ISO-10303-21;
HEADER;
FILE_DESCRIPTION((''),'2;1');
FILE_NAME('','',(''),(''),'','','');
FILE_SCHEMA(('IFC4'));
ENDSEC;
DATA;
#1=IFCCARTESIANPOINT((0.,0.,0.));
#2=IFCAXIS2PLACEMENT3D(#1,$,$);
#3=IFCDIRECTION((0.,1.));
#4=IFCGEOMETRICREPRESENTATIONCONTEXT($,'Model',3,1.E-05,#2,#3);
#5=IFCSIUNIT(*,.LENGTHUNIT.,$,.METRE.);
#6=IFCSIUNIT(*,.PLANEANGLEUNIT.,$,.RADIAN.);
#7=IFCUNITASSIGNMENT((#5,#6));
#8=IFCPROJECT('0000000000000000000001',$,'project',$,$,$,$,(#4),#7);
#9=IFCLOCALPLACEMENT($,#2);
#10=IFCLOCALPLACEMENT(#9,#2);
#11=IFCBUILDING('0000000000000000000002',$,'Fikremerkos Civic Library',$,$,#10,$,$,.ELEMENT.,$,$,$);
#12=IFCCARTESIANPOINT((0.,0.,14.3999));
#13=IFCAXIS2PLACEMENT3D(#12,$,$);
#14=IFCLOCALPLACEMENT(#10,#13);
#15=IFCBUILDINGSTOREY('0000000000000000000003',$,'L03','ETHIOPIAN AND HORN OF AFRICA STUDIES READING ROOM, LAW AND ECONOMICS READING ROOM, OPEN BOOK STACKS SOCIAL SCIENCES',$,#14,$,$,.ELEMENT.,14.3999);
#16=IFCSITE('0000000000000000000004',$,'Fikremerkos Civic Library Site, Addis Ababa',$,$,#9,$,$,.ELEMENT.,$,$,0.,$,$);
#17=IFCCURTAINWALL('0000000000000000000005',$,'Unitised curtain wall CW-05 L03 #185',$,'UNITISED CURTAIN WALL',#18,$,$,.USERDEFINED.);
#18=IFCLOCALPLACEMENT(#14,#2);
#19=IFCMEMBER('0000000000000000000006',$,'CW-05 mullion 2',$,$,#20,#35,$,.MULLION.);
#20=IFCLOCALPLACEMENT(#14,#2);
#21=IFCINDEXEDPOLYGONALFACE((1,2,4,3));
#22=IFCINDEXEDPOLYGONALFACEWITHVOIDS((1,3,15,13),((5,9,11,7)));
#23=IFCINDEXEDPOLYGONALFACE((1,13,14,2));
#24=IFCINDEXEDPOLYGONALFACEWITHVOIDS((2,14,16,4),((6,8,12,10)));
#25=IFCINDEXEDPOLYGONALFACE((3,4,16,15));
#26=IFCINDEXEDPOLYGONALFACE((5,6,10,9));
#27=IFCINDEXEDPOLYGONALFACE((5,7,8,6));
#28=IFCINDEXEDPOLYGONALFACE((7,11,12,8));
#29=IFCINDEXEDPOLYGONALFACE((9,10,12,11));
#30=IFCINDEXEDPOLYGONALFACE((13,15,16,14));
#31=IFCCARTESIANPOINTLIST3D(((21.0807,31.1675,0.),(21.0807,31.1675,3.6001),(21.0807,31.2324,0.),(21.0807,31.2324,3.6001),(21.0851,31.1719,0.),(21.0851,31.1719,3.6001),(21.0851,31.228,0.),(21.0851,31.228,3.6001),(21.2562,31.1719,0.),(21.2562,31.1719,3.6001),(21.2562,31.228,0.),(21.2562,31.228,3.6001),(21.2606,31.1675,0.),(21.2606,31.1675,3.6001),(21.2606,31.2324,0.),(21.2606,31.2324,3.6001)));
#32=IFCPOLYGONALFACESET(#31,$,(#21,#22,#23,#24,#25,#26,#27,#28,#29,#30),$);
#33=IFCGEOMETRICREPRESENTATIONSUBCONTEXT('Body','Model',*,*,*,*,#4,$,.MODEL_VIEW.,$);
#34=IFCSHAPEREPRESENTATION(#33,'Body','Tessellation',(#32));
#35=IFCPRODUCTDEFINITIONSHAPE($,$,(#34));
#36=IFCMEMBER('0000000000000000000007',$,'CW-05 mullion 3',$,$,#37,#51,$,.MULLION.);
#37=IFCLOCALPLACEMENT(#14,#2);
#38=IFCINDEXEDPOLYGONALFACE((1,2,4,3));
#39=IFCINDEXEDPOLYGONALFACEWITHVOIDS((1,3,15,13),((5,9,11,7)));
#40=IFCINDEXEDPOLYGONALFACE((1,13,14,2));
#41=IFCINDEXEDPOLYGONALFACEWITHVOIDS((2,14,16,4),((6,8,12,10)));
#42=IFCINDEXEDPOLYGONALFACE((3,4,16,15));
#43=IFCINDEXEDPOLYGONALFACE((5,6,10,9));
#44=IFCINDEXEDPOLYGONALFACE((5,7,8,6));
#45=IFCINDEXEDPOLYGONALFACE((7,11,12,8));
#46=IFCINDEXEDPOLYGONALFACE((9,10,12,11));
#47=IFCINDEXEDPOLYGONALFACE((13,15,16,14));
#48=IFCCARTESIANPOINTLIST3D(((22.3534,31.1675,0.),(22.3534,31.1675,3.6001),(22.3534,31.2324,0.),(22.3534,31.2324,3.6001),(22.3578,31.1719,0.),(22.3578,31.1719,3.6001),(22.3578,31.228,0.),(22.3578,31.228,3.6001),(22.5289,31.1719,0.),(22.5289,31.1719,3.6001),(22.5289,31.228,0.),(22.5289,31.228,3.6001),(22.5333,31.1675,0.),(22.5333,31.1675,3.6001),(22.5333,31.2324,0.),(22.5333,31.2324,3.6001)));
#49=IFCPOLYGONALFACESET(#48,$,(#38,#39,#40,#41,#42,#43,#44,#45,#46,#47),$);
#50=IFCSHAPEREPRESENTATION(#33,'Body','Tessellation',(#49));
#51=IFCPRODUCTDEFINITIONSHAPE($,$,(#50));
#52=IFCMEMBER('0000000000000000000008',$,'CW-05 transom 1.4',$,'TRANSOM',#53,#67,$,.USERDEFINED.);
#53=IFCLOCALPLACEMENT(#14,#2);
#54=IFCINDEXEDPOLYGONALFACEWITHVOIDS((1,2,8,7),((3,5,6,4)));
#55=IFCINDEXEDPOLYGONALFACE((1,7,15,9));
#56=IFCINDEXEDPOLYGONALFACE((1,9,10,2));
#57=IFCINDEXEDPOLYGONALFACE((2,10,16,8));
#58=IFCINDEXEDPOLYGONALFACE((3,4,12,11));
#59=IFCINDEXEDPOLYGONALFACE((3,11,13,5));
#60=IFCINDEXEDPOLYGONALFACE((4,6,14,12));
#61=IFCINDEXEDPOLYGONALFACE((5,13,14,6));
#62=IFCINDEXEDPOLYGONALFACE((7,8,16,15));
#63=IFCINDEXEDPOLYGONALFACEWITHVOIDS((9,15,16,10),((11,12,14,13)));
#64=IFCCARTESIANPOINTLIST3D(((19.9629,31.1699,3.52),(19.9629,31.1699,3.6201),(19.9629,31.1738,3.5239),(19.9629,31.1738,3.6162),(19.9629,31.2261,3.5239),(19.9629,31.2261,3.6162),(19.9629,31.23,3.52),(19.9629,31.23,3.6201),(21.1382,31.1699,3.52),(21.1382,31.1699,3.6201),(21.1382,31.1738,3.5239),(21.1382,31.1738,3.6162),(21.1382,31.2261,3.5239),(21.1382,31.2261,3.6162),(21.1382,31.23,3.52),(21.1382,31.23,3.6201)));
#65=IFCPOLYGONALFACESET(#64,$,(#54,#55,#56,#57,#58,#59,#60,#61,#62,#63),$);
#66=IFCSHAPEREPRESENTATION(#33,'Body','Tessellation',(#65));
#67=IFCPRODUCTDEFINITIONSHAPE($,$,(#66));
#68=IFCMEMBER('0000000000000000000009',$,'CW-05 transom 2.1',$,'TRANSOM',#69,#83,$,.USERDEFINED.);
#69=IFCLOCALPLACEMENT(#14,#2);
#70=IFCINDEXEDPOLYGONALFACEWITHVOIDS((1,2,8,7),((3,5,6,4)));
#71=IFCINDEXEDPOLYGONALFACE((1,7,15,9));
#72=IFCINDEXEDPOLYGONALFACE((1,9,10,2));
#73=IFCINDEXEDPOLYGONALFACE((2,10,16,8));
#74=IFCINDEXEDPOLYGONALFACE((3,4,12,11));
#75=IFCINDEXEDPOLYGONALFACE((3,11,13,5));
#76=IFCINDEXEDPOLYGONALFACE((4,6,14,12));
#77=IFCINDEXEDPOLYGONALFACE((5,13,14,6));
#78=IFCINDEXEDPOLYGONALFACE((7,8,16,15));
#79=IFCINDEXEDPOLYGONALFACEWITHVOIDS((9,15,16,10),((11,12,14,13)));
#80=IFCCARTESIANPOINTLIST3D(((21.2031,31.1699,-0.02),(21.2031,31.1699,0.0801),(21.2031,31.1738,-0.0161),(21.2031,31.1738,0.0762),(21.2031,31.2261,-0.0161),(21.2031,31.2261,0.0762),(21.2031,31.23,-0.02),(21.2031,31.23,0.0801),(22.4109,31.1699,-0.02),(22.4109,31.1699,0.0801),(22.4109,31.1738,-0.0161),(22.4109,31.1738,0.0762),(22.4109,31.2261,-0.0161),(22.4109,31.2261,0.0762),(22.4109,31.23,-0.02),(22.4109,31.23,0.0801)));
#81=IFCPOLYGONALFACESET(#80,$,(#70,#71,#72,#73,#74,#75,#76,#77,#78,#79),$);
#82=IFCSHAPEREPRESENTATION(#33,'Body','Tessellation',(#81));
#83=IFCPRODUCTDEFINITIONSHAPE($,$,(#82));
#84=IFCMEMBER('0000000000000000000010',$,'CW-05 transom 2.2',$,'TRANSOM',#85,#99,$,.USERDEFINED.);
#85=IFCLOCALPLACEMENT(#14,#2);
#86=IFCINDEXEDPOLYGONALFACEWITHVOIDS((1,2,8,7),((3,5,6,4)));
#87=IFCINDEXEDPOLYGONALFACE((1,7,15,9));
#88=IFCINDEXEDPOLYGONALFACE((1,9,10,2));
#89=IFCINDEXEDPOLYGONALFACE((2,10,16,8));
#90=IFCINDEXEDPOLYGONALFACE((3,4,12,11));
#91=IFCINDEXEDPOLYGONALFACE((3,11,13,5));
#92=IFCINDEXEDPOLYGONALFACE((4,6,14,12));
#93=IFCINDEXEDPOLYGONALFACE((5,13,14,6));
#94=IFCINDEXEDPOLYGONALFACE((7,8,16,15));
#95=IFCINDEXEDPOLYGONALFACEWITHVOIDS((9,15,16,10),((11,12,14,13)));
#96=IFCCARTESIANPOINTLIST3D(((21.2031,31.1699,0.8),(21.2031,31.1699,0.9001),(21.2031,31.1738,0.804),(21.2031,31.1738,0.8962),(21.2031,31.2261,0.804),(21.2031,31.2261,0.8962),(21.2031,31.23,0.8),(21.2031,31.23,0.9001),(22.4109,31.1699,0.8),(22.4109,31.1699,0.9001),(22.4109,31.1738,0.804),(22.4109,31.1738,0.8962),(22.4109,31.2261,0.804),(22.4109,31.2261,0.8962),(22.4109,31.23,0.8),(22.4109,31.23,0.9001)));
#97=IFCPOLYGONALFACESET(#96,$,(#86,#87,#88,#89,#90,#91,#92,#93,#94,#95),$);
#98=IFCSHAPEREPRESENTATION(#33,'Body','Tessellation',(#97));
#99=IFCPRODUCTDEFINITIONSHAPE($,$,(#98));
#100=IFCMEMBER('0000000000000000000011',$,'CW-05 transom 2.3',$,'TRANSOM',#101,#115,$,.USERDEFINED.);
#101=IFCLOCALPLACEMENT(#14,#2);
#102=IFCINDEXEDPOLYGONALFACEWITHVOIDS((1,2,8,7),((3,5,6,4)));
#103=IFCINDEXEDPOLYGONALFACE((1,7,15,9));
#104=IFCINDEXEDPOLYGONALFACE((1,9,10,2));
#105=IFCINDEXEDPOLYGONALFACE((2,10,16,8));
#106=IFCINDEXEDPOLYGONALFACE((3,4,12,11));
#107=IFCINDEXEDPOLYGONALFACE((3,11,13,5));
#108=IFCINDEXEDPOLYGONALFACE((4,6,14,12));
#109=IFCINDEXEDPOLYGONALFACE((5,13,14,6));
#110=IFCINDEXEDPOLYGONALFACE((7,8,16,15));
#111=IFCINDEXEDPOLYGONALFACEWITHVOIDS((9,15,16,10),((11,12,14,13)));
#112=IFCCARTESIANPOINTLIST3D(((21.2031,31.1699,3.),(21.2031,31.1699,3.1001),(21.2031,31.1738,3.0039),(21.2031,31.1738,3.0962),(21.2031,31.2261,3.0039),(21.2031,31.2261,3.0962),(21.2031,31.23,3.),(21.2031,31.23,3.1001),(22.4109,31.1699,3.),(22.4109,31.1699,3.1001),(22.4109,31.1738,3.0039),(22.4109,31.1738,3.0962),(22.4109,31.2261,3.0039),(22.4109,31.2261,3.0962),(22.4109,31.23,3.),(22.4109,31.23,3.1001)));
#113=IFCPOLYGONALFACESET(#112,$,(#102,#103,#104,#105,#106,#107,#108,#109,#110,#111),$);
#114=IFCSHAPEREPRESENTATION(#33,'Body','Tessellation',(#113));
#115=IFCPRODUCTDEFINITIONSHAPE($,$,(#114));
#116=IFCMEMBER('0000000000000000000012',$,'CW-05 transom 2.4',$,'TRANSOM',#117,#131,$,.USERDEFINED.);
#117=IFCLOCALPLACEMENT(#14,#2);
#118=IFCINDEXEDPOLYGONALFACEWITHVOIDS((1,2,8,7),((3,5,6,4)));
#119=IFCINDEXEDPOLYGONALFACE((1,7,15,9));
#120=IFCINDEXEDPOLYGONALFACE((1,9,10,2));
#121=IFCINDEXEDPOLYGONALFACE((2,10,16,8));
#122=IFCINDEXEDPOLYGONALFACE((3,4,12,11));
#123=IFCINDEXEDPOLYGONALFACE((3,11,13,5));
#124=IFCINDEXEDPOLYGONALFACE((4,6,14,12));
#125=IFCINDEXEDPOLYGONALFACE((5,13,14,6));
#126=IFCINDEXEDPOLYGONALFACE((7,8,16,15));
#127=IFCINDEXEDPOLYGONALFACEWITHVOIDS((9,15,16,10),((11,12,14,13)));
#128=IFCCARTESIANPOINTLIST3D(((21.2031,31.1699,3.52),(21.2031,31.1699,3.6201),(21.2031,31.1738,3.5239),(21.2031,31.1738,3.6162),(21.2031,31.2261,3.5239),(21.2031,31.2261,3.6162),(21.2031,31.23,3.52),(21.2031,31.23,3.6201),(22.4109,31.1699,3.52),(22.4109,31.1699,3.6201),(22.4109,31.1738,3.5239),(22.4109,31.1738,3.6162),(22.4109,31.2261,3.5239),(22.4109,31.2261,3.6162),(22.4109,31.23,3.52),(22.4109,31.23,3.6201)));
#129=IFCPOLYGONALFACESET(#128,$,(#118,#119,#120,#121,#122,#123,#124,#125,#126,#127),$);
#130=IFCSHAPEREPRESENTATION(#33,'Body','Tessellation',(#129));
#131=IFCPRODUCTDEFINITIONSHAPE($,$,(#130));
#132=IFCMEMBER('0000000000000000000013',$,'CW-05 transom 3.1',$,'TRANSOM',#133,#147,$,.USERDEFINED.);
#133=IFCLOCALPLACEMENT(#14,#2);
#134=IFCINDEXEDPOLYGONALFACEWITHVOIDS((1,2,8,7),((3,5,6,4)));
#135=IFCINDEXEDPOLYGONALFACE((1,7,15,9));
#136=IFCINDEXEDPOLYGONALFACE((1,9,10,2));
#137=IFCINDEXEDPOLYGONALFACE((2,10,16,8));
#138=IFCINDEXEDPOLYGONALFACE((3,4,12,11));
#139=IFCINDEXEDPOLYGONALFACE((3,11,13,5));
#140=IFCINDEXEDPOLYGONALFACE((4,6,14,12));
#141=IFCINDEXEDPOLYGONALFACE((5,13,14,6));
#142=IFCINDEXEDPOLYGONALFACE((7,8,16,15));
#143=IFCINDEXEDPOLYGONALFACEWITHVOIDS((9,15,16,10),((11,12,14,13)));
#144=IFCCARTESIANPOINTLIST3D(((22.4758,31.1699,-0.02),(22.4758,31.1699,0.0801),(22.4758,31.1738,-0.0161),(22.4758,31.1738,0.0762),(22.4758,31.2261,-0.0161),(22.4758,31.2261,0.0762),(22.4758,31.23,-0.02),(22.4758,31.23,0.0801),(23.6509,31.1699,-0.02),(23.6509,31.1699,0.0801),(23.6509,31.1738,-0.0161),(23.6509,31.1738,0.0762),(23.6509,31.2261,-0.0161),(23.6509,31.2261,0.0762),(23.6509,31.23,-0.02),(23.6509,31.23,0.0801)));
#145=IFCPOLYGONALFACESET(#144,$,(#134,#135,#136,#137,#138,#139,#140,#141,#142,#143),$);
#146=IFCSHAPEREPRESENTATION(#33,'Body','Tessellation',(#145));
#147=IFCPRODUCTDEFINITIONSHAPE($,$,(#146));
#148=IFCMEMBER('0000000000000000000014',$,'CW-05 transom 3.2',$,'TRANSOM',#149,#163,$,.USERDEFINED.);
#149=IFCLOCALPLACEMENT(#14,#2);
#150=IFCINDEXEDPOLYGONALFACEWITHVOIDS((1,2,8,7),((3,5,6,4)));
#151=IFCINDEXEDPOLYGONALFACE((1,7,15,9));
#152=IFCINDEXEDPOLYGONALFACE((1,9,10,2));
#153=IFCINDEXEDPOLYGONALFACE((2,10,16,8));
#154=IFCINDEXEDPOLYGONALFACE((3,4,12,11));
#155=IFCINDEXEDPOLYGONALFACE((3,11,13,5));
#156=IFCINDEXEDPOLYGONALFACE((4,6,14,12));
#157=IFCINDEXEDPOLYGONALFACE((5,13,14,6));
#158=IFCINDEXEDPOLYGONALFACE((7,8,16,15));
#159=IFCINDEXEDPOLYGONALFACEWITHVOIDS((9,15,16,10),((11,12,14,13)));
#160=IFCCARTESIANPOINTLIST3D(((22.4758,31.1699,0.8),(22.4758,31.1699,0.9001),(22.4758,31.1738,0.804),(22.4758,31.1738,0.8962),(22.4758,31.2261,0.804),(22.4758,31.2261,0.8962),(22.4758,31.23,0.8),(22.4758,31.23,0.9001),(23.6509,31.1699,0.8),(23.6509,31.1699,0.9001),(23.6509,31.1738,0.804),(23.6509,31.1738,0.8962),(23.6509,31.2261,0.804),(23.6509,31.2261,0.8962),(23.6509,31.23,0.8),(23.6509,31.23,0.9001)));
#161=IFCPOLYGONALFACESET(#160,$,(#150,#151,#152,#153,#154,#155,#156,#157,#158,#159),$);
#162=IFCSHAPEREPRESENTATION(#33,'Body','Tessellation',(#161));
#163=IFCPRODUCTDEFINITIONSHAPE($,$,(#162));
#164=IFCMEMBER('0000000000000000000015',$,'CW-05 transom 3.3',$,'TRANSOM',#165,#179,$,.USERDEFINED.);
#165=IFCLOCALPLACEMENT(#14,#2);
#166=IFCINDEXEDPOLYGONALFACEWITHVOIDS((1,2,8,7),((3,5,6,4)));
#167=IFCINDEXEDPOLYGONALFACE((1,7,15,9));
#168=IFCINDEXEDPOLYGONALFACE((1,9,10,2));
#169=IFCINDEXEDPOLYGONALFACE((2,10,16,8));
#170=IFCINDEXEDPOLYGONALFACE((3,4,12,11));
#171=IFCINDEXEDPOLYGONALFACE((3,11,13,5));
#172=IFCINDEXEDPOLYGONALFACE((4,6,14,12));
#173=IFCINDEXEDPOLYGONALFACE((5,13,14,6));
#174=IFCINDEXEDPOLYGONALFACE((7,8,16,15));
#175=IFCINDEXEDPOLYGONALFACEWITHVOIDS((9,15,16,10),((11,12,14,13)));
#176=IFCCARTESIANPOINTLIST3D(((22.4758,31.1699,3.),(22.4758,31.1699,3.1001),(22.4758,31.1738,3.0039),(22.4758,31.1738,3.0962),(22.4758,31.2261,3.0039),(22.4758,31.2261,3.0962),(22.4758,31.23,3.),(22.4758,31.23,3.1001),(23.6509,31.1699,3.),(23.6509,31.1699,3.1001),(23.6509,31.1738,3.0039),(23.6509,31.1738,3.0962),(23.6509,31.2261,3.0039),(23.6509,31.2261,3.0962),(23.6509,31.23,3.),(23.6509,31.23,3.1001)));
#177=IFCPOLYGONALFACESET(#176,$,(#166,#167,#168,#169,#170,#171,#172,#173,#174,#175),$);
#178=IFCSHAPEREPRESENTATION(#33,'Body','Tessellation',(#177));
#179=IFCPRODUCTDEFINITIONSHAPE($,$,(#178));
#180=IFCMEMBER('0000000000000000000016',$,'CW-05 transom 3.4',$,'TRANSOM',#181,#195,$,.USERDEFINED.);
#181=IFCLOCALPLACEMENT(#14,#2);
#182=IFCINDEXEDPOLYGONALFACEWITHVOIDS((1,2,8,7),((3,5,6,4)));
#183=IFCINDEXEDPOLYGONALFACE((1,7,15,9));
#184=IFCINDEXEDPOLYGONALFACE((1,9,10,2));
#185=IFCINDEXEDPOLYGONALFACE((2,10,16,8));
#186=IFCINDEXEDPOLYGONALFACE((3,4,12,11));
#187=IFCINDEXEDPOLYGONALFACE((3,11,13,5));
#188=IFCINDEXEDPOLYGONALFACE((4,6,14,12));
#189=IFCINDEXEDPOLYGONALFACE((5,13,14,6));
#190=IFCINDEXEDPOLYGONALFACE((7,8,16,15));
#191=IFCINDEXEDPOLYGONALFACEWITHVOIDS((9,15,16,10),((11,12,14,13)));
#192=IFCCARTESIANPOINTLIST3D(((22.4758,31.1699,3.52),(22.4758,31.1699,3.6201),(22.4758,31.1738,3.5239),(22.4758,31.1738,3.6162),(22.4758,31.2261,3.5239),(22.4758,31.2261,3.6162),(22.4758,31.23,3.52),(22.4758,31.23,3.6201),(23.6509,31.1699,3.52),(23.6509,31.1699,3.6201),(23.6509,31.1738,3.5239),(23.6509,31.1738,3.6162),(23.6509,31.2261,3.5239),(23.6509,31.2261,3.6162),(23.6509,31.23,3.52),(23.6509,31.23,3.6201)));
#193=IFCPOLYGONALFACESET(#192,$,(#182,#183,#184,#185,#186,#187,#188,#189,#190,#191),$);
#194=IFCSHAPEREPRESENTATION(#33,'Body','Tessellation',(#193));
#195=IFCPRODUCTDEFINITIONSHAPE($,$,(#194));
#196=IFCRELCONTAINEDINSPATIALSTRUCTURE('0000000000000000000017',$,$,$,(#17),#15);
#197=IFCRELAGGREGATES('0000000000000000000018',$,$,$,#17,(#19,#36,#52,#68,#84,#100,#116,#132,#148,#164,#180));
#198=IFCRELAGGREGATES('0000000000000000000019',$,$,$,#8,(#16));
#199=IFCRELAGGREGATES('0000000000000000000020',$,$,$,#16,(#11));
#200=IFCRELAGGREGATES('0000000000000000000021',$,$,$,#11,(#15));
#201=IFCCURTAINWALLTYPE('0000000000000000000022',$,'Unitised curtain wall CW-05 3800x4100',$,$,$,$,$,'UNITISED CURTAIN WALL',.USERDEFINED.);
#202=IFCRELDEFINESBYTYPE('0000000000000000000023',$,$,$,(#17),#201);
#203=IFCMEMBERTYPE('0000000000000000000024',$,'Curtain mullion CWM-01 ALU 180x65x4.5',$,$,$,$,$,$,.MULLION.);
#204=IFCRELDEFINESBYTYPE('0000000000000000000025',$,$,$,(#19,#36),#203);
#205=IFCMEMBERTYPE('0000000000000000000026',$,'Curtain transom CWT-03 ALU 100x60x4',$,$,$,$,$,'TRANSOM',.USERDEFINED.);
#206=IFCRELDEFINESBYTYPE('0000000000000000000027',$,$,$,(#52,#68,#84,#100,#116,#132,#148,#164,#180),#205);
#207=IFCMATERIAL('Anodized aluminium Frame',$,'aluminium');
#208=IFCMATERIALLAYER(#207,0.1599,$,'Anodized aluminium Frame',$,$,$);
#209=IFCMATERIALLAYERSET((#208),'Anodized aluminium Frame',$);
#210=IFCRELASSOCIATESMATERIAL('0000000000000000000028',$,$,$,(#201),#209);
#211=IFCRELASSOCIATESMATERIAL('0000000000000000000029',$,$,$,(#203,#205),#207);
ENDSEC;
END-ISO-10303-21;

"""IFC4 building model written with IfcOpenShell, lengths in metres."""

from ifc_helpers import new_model, si_unit, direction, frame, origin, origin_2d, place, context, subcontext, project, spatial, hollow_rectangle, extrude, material, layer, layer_set, material_profile, profile_set, type_object, element, aggregate, save


model = new_model("IFC4")

# Units and contexts
model_context = context("Model", 3, precision=1e-05, world=origin(), true_north=direction((0.0, 1.0)))
body_context = subcontext(model_context, "Body", "Model", "MODEL_VIEW")
ifc_project = project(units=[si_unit("LENGTHUNIT", "METRE"), si_unit("PLANEANGLEUNIT", "RADIAN")], contexts=[model_context])

# Site, building, storey
site_placement = place(None, origin())
site = spatial("IfcSite", under=ifc_project, at=site_placement, Name="Fikremerkos Civic Library Site, Addis Ababa", CompositionType="ELEMENT", RefElevation=0.0)
building_placement = place(site_placement, origin())
building = spatial("IfcBuilding", under=site, at=building_placement, Name="Fikremerkos Civic Library", CompositionType="ELEMENT")
storey_placement = place(building_placement, frame((0.0, 0.0, 14.3999)))
storey = spatial("IfcBuildingStorey", under=building, at=storey_placement, Name="L03", Description="ETHIOPIAN AND HORN OF AFRICA STUDIES READING ROOM, LAW AND ECONOMICS READING ROOM, OPEN BOOK STACKS SOCIAL SCIENCES", CompositionType="ELEMENT", Elevation=14.3999)

# Curtain wall, members
ifc_material_1 = material(Name="Anodized aluminium Frame", Category="aluminium")
ifc_layer_1 = layer(ifc_material_1, 0.1599, Name="Anodized aluminium Frame")
ifc_layer_set_1 = layer_set([ifc_layer_1], Name="Anodized aluminium Frame")
curtain_wall_type = type_object("IfcCurtainWallType", Name="Unitised curtain wall CW-05 3800x4100", ElementType="UNITISED CURTAIN WALL", PredefinedType="USERDEFINED", material=ifc_layer_set_1)
curtain_wall_placement = place(storey_placement, origin())
curtain_wall = element("IfcCurtainWall", 1, at=curtain_wall_placement, inside=storey, type_object=curtain_wall_type, Name="Unitised curtain wall CW-05 L03 #185", ObjectType="UNITISED CURTAIN WALL", PredefinedType="USERDEFINED")
ifc_material_profile_1 = material_profile(ifc_material_1, hollow_rectangle(XDim=0.0649, YDim=0.1799, WallThickness=0.0044, at=origin_2d()), Name="ALU 180x65x4.5")
ifc_profile_set_1 = profile_set([ifc_material_profile_1], Name="Anodized aluminium Frame")
member_type_1 = type_object("IfcMemberType", Name="Curtain mullion CWM-01 ALU 180x65x4.5", PredefinedType="MULLION", material=ifc_profile_set_1)
member_1_placement = place(storey_placement, frame((21.1707, 31.2, 0.0), z_axis=(0.0, 0.0, 1.0), x_axis=(0.0, 1.0, 0.0)))
member_1 = element("IfcMember", 2, at=member_1_placement, type_object=member_type_1, Name="CW-05 mullion 2", PredefinedType="MULLION", context=body_context, shape_type="SweptSolid", body=[
    extrude(hollow_rectangle(XDim=0.0649, YDim=0.1799, WallThickness=0.0044, at=origin_2d()), origin(), (0.0, 0.0, 1.0), 3.6001),
])
member_2_placement = place(storey_placement, frame((22.4434, 31.2, 0.0), z_axis=(0.0, 0.0, 1.0), x_axis=(0.0, 1.0, 0.0)))
member_2 = element("IfcMember", 3, at=member_2_placement, type_object=member_type_1, Name="CW-05 mullion 3", PredefinedType="MULLION", context=body_context, shape_type="SweptSolid", body=[
    extrude(hollow_rectangle(XDim=0.0649, YDim=0.1799, WallThickness=0.0044, at=origin_2d()), origin(), (0.0, 0.0, 1.0), 3.6001),
])
ifc_material_profile_2 = material_profile(ifc_material_1, hollow_rectangle(XDim=0.0601, YDim=0.1001, WallThickness=0.0039, at=origin_2d()), Name="ALU 100x60x4")
ifc_profile_set_2 = profile_set([ifc_material_profile_2], Name="Anodized aluminium Frame")
member_type_2 = type_object("IfcMemberType", Name="Curtain transom CWT-03 ALU 100x60x4", ElementType="TRANSOM", PredefinedType="USERDEFINED", material=ifc_profile_set_2)
member_3_placement = place(storey_placement, frame((19.9629, 31.2, 3.5701), z_axis=(1.0, 0.0, 0.0), x_axis=(0.0, 1.0, 0.0)))
member_3 = element("IfcMember", 4, at=member_3_placement, type_object=member_type_2, Name="CW-05 transom 1.4", ObjectType="TRANSOM", PredefinedType="USERDEFINED", context=body_context, shape_type="SweptSolid", body=[
    extrude(hollow_rectangle(XDim=0.0601, YDim=0.1001, WallThickness=0.0039, at=origin_2d()), origin(), (0.0, 0.0, 1.0), 1.1753),
])
member_4_placement = place(storey_placement, frame((21.2031, 31.2, 0.03), z_axis=(1.0, 0.0, 0.0), x_axis=(0.0, 1.0, 0.0)))
member_4 = element("IfcMember", 5, at=member_4_placement, type_object=member_type_2, Name="CW-05 transom 2.1", ObjectType="TRANSOM", PredefinedType="USERDEFINED", context=body_context, shape_type="SweptSolid", body=[
    extrude(hollow_rectangle(XDim=0.0601, YDim=0.1001, WallThickness=0.0039, at=origin_2d()), origin(), (0.0, 0.0, 1.0), 1.2078),
])
member_5_placement = place(storey_placement, frame((21.2031, 31.2, 0.8501), z_axis=(1.0, 0.0, 0.0), x_axis=(0.0, 1.0, 0.0)))
member_5 = element("IfcMember", 6, at=member_5_placement, type_object=member_type_2, Name="CW-05 transom 2.2", ObjectType="TRANSOM", PredefinedType="USERDEFINED", context=body_context, shape_type="SweptSolid", body=[
    extrude(hollow_rectangle(XDim=0.0601, YDim=0.1001, WallThickness=0.0039, at=origin_2d()), origin(), (0.0, 0.0, 1.0), 1.2078),
])
member_6_placement = place(storey_placement, frame((21.2031, 31.2, 3.05), z_axis=(1.0, 0.0, 0.0), x_axis=(0.0, 1.0, 0.0)))
member_6 = element("IfcMember", 7, at=member_6_placement, type_object=member_type_2, Name="CW-05 transom 2.3", ObjectType="TRANSOM", PredefinedType="USERDEFINED", context=body_context, shape_type="SweptSolid", body=[
    extrude(hollow_rectangle(XDim=0.0601, YDim=0.1001, WallThickness=0.0039, at=origin_2d()), origin(), (0.0, 0.0, 1.0), 1.2078),
])
member_7_placement = place(storey_placement, frame((21.2031, 31.2, 3.5701), z_axis=(1.0, 0.0, 0.0), x_axis=(0.0, 1.0, 0.0)))
member_7 = element("IfcMember", 8, at=member_7_placement, type_object=member_type_2, Name="CW-05 transom 2.4", ObjectType="TRANSOM", PredefinedType="USERDEFINED", context=body_context, shape_type="SweptSolid", body=[
    extrude(hollow_rectangle(XDim=0.0601, YDim=0.1001, WallThickness=0.0039, at=origin_2d()), origin(), (0.0, 0.0, 1.0), 1.2078),
])
member_8_placement = place(storey_placement, frame((22.4758, 31.2, 0.03), z_axis=(1.0, 0.0, 0.0), x_axis=(0.0, 1.0, 0.0)))
member_8 = element("IfcMember", 9, at=member_8_placement, type_object=member_type_2, Name="CW-05 transom 3.1", ObjectType="TRANSOM", PredefinedType="USERDEFINED", context=body_context, shape_type="SweptSolid", body=[
    extrude(hollow_rectangle(XDim=0.0601, YDim=0.1001, WallThickness=0.0039, at=origin_2d()), origin(), (0.0, 0.0, 1.0), 1.175),
])
member_9_placement = place(storey_placement, frame((22.4758, 31.2, 0.8501), z_axis=(1.0, 0.0, 0.0), x_axis=(0.0, 1.0, 0.0)))
member_9 = element("IfcMember", 10, at=member_9_placement, type_object=member_type_2, Name="CW-05 transom 3.2", ObjectType="TRANSOM", PredefinedType="USERDEFINED", context=body_context, shape_type="SweptSolid", body=[
    extrude(hollow_rectangle(XDim=0.0601, YDim=0.1001, WallThickness=0.0039, at=origin_2d()), origin(), (0.0, 0.0, 1.0), 1.175),
])
member_10_placement = place(storey_placement, frame((22.4758, 31.2, 3.05), z_axis=(1.0, 0.0, 0.0), x_axis=(0.0, 1.0, 0.0)))
member_10 = element("IfcMember", 11, at=member_10_placement, type_object=member_type_2, Name="CW-05 transom 3.3", ObjectType="TRANSOM", PredefinedType="USERDEFINED", context=body_context, shape_type="SweptSolid", body=[
    extrude(hollow_rectangle(XDim=0.0601, YDim=0.1001, WallThickness=0.0039, at=origin_2d()), origin(), (0.0, 0.0, 1.0), 1.175),
])
member_11_placement = place(storey_placement, frame((22.4758, 31.2, 3.5701), z_axis=(1.0, 0.0, 0.0), x_axis=(0.0, 1.0, 0.0)))
member_11 = element("IfcMember", 12, at=member_11_placement, type_object=member_type_2, Name="CW-05 transom 3.4", ObjectType="TRANSOM", PredefinedType="USERDEFINED", context=body_context, shape_type="SweptSolid", body=[
    extrude(hollow_rectangle(XDim=0.0601, YDim=0.1001, WallThickness=0.0039, at=origin_2d()), origin(), (0.0, 0.0, 1.0), 1.175),
])
aggregate(curtain_wall, [member_1, member_2, member_3, member_4, member_5, member_6, member_7, member_8, member_9, member_10, member_11])

save(model, "model.ifc")
